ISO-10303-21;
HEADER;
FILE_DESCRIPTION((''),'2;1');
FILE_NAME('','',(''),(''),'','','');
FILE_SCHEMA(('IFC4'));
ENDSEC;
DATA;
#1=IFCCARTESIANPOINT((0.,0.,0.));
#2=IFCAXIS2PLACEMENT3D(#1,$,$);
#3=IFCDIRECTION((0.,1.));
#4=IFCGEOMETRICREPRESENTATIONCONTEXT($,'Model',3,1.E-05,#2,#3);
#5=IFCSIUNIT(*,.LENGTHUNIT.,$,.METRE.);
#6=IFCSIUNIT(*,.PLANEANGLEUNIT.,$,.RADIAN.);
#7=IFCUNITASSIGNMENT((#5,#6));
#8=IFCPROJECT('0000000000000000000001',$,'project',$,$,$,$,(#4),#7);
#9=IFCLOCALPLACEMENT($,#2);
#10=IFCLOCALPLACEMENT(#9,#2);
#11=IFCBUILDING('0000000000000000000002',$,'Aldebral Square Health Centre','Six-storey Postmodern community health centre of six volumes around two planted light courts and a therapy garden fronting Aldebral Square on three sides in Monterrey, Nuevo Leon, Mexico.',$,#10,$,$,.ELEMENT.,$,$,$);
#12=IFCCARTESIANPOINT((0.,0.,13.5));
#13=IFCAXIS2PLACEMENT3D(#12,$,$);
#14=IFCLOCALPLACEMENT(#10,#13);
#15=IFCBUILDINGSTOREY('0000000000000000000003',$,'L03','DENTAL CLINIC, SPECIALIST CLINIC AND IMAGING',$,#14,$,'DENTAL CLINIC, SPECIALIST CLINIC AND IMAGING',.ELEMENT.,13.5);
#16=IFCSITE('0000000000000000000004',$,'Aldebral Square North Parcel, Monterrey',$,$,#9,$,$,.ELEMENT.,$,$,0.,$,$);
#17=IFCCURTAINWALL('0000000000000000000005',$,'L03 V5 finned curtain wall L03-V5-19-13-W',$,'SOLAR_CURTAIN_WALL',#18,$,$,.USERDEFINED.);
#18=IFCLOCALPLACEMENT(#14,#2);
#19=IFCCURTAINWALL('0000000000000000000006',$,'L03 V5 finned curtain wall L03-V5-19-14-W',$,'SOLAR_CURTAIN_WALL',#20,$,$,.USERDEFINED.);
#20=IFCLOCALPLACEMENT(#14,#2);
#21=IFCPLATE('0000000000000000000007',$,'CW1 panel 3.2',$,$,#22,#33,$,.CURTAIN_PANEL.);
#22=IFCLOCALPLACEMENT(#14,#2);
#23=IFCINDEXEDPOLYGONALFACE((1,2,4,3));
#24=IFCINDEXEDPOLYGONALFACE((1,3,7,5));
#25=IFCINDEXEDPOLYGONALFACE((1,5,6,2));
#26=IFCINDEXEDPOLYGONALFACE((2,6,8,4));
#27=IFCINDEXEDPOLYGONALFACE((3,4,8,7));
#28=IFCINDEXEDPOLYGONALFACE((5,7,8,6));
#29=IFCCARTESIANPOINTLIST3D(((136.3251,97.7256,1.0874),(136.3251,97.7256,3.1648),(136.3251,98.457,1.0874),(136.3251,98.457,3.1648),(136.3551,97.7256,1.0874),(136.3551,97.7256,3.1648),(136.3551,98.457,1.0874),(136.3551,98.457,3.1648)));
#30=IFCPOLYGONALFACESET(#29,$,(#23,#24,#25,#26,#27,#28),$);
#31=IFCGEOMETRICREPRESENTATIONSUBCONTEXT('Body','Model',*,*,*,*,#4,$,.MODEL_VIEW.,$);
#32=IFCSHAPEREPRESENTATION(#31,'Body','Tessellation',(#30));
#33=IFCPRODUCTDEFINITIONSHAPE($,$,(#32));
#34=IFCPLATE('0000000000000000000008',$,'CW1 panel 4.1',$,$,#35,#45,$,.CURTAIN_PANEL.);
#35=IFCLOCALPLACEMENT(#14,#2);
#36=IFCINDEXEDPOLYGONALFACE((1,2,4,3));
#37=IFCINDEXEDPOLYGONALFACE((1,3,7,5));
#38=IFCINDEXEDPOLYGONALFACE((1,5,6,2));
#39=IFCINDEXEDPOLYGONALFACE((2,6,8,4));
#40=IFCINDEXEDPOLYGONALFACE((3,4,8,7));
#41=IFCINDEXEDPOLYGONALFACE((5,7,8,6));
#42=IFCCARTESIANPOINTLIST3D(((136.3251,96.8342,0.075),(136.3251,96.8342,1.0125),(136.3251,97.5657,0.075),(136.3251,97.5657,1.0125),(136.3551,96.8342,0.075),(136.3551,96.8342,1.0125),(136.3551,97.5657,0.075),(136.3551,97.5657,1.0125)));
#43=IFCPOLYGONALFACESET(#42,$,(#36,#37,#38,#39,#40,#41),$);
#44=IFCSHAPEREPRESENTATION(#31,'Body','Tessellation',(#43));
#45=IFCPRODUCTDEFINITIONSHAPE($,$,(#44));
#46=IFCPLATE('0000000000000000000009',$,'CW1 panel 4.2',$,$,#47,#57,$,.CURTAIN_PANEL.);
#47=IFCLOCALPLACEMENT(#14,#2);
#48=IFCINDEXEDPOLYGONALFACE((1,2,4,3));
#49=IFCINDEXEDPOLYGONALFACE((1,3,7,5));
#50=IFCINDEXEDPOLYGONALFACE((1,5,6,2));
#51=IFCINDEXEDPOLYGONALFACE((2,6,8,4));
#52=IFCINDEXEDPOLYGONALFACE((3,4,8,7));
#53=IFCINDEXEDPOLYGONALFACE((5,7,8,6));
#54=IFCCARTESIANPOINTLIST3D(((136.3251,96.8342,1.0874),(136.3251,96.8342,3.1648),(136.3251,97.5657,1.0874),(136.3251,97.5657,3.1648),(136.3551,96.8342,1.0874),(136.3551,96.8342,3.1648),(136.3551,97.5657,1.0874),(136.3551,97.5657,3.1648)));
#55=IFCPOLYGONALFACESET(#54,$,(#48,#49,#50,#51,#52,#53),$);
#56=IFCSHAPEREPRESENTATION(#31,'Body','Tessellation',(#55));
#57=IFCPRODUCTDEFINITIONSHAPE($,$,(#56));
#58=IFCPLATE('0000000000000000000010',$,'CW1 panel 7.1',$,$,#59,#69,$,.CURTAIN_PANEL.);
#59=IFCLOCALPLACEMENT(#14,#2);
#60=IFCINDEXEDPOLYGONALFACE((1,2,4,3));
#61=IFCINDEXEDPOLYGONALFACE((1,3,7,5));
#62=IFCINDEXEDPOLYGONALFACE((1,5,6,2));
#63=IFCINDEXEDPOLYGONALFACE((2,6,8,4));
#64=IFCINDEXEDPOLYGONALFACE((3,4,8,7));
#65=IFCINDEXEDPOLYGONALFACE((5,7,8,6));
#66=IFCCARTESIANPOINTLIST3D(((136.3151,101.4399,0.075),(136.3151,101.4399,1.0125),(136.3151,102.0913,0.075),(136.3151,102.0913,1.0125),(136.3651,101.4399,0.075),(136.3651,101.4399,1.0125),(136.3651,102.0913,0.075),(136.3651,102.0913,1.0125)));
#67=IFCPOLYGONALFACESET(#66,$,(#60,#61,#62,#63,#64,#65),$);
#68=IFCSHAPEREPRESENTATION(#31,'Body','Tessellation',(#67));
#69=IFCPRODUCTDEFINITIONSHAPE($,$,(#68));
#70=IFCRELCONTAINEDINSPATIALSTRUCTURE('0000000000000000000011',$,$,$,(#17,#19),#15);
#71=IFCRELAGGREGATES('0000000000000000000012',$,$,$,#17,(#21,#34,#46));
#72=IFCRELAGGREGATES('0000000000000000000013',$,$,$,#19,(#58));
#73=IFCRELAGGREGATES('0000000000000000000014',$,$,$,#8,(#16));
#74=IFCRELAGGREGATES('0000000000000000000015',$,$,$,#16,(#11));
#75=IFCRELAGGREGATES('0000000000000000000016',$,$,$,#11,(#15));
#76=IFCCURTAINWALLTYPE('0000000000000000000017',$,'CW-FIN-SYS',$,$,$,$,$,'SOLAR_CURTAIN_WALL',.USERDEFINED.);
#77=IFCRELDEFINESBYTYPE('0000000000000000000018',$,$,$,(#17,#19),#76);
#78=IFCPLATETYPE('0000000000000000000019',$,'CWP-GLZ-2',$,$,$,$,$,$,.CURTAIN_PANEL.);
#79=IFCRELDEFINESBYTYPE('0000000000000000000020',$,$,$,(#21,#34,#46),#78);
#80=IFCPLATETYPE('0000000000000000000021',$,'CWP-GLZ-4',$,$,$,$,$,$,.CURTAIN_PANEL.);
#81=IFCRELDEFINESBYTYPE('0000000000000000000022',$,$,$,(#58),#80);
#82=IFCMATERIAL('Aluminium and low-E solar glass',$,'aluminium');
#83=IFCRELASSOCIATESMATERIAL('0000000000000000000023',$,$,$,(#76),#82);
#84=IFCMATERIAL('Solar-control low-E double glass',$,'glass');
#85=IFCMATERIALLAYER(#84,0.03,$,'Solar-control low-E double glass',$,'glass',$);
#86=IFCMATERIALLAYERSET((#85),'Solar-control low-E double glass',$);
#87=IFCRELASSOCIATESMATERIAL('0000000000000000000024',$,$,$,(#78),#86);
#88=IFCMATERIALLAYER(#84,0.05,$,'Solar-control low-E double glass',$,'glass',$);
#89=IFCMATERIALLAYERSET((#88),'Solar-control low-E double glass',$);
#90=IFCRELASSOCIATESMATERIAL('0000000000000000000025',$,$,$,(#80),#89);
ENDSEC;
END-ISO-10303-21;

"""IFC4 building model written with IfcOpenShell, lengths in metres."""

from ifc_helpers import new_model, si_unit, direction, frame, origin, origin_2d, place, context, subcontext, project, spatial, rectangle, extrude, material, layer, layer_set, type_object, element, aggregate, save


model = new_model("IFC4")

# Units and contexts
model_context = context("Model", 3, precision=1e-05, world=origin(), true_north=direction((0.0, 1.0)))
body_context = subcontext(model_context, "Body", "Model", "MODEL_VIEW")
ifc_project = project(units=[si_unit("LENGTHUNIT", "METRE"), si_unit("PLANEANGLEUNIT", "RADIAN")], contexts=[model_context])

# Site, building, storey
site_placement = place(None, origin())
site = spatial("IfcSite", under=ifc_project, at=site_placement, Name="Aldebral Square North Parcel, Monterrey", CompositionType="ELEMENT", RefElevation=0.0)
building_placement = place(site_placement, origin())
building = spatial("IfcBuilding", under=site, at=building_placement, Name="Aldebral Square Health Centre", Description="Six-storey Postmodern community health centre of six volumes around two planted light courts and a therapy garden fronting Aldebral Square on three sides in Monterrey, Nuevo Leon, Mexico.", CompositionType="ELEMENT")
storey_placement = place(building_placement, frame((0.0, 0.0, 13.5)))
storey = spatial("IfcBuildingStorey", under=building, at=storey_placement, Name="L03", Description="DENTAL CLINIC, SPECIALIST CLINIC AND IMAGING", LongName="DENTAL CLINIC, SPECIALIST CLINIC AND IMAGING", CompositionType="ELEMENT", Elevation=13.5)

# Curtain wall
ifc_material_1 = material(Name="Aluminium and low-E solar glass", Category="aluminium")
curtain_wall_type = type_object("IfcCurtainWallType", Name="CW-FIN-SYS", ElementType="SOLAR_CURTAIN_WALL", PredefinedType="USERDEFINED", material=ifc_material_1)
curtain_wall_1_placement = place(storey_placement, origin())
curtain_wall_1 = element("IfcCurtainWall", 1, at=curtain_wall_1_placement, inside=storey, type_object=curtain_wall_type, Name="L03 V5 finned curtain wall L03-V5-19-13-W", ObjectType="SOLAR_CURTAIN_WALL", PredefinedType="USERDEFINED")

# Curtain wall
curtain_wall_2_placement = place(storey_placement, origin())
curtain_wall_2 = element("IfcCurtainWall", 2, at=curtain_wall_2_placement, inside=storey, type_object=curtain_wall_type, Name="L03 V5 finned curtain wall L03-V5-19-14-W", ObjectType="SOLAR_CURTAIN_WALL", PredefinedType="USERDEFINED")

# Plates
ifc_material_2 = material(Name="Solar-control low-E double glass", Category="glass")
ifc_layer_1 = layer(ifc_material_2, 0.03, Name="Solar-control low-E double glass", Category="glass")
ifc_layer_set_1 = layer_set([ifc_layer_1], Name="Solar-control low-E double glass")
plate_type_1 = type_object("IfcPlateType", Name="CWP-GLZ-2", PredefinedType="CURTAIN_PANEL", material=ifc_layer_set_1)
plate_1_placement = place(storey_placement, frame((136.3401, 98.0913, 1.0874), z_axis=(0.0, 0.0, 1.0), x_axis=(0.0, -1.0, 0.0)))
plate_1 = element("IfcPlate", 3, at=plate_1_placement, type_object=plate_type_1, Name="CW1 panel 3.2", PredefinedType="CURTAIN_PANEL", context=body_context, shape_type="SweptSolid", body=[
    extrude(rectangle(XDim=0.7314, YDim=0.03, at=origin_2d()), origin(), (0.0, 0.0, 1.0), 2.0774),
])
plate_2_placement = place(storey_placement, frame((136.3401, 97.2, 0.075), z_axis=(0.0, 0.0, 1.0), x_axis=(0.0, -1.0, 0.0)))
plate_2 = element("IfcPlate", 4, at=plate_2_placement, type_object=plate_type_1, Name="CW1 panel 4.1", PredefinedType="CURTAIN_PANEL", context=body_context, shape_type="SweptSolid", body=[
    extrude(rectangle(XDim=0.7314, YDim=0.03, at=origin_2d()), origin(), (0.0, 0.0, 1.0), 0.9375),
])
plate_3_placement = place(storey_placement, frame((136.3401, 97.2, 1.0874), z_axis=(0.0, 0.0, 1.0), x_axis=(0.0, -1.0, 0.0)))
plate_3 = element("IfcPlate", 5, at=plate_3_placement, type_object=plate_type_1, Name="CW1 panel 4.2", PredefinedType="CURTAIN_PANEL", context=body_context, shape_type="SweptSolid", body=[
    extrude(rectangle(XDim=0.7314, YDim=0.03, at=origin_2d()), origin(), (0.0, 0.0, 1.0), 2.0774),
])
aggregate(curtain_wall_1, [plate_1, plate_2, plate_3])
ifc_layer_2 = layer(ifc_material_2, 0.05, Name="Solar-control low-E double glass", Category="glass")
ifc_layer_set_2 = layer_set([ifc_layer_2], Name="Solar-control low-E double glass")
plate_type_2 = type_object("IfcPlateType", Name="CWP-GLZ-4", PredefinedType="CURTAIN_PANEL", material=ifc_layer_set_2)
plate_4_placement = place(storey_placement, frame((136.3401, 101.7656, 0.075), z_axis=(0.0, 0.0, 1.0), x_axis=(0.0, -1.0, 0.0)))
plate_4 = element("IfcPlate", 6, at=plate_4_placement, type_object=plate_type_2, Name="CW1 panel 7.1", PredefinedType="CURTAIN_PANEL", context=body_context, shape_type="SweptSolid", body=[
    extrude(rectangle(XDim=0.6514, YDim=0.05, at=origin_2d()), origin(), (0.0, 0.0, 1.0), 0.9375),
])
aggregate(curtain_wall_2, [plate_4])

save(model, "model.ifc")
